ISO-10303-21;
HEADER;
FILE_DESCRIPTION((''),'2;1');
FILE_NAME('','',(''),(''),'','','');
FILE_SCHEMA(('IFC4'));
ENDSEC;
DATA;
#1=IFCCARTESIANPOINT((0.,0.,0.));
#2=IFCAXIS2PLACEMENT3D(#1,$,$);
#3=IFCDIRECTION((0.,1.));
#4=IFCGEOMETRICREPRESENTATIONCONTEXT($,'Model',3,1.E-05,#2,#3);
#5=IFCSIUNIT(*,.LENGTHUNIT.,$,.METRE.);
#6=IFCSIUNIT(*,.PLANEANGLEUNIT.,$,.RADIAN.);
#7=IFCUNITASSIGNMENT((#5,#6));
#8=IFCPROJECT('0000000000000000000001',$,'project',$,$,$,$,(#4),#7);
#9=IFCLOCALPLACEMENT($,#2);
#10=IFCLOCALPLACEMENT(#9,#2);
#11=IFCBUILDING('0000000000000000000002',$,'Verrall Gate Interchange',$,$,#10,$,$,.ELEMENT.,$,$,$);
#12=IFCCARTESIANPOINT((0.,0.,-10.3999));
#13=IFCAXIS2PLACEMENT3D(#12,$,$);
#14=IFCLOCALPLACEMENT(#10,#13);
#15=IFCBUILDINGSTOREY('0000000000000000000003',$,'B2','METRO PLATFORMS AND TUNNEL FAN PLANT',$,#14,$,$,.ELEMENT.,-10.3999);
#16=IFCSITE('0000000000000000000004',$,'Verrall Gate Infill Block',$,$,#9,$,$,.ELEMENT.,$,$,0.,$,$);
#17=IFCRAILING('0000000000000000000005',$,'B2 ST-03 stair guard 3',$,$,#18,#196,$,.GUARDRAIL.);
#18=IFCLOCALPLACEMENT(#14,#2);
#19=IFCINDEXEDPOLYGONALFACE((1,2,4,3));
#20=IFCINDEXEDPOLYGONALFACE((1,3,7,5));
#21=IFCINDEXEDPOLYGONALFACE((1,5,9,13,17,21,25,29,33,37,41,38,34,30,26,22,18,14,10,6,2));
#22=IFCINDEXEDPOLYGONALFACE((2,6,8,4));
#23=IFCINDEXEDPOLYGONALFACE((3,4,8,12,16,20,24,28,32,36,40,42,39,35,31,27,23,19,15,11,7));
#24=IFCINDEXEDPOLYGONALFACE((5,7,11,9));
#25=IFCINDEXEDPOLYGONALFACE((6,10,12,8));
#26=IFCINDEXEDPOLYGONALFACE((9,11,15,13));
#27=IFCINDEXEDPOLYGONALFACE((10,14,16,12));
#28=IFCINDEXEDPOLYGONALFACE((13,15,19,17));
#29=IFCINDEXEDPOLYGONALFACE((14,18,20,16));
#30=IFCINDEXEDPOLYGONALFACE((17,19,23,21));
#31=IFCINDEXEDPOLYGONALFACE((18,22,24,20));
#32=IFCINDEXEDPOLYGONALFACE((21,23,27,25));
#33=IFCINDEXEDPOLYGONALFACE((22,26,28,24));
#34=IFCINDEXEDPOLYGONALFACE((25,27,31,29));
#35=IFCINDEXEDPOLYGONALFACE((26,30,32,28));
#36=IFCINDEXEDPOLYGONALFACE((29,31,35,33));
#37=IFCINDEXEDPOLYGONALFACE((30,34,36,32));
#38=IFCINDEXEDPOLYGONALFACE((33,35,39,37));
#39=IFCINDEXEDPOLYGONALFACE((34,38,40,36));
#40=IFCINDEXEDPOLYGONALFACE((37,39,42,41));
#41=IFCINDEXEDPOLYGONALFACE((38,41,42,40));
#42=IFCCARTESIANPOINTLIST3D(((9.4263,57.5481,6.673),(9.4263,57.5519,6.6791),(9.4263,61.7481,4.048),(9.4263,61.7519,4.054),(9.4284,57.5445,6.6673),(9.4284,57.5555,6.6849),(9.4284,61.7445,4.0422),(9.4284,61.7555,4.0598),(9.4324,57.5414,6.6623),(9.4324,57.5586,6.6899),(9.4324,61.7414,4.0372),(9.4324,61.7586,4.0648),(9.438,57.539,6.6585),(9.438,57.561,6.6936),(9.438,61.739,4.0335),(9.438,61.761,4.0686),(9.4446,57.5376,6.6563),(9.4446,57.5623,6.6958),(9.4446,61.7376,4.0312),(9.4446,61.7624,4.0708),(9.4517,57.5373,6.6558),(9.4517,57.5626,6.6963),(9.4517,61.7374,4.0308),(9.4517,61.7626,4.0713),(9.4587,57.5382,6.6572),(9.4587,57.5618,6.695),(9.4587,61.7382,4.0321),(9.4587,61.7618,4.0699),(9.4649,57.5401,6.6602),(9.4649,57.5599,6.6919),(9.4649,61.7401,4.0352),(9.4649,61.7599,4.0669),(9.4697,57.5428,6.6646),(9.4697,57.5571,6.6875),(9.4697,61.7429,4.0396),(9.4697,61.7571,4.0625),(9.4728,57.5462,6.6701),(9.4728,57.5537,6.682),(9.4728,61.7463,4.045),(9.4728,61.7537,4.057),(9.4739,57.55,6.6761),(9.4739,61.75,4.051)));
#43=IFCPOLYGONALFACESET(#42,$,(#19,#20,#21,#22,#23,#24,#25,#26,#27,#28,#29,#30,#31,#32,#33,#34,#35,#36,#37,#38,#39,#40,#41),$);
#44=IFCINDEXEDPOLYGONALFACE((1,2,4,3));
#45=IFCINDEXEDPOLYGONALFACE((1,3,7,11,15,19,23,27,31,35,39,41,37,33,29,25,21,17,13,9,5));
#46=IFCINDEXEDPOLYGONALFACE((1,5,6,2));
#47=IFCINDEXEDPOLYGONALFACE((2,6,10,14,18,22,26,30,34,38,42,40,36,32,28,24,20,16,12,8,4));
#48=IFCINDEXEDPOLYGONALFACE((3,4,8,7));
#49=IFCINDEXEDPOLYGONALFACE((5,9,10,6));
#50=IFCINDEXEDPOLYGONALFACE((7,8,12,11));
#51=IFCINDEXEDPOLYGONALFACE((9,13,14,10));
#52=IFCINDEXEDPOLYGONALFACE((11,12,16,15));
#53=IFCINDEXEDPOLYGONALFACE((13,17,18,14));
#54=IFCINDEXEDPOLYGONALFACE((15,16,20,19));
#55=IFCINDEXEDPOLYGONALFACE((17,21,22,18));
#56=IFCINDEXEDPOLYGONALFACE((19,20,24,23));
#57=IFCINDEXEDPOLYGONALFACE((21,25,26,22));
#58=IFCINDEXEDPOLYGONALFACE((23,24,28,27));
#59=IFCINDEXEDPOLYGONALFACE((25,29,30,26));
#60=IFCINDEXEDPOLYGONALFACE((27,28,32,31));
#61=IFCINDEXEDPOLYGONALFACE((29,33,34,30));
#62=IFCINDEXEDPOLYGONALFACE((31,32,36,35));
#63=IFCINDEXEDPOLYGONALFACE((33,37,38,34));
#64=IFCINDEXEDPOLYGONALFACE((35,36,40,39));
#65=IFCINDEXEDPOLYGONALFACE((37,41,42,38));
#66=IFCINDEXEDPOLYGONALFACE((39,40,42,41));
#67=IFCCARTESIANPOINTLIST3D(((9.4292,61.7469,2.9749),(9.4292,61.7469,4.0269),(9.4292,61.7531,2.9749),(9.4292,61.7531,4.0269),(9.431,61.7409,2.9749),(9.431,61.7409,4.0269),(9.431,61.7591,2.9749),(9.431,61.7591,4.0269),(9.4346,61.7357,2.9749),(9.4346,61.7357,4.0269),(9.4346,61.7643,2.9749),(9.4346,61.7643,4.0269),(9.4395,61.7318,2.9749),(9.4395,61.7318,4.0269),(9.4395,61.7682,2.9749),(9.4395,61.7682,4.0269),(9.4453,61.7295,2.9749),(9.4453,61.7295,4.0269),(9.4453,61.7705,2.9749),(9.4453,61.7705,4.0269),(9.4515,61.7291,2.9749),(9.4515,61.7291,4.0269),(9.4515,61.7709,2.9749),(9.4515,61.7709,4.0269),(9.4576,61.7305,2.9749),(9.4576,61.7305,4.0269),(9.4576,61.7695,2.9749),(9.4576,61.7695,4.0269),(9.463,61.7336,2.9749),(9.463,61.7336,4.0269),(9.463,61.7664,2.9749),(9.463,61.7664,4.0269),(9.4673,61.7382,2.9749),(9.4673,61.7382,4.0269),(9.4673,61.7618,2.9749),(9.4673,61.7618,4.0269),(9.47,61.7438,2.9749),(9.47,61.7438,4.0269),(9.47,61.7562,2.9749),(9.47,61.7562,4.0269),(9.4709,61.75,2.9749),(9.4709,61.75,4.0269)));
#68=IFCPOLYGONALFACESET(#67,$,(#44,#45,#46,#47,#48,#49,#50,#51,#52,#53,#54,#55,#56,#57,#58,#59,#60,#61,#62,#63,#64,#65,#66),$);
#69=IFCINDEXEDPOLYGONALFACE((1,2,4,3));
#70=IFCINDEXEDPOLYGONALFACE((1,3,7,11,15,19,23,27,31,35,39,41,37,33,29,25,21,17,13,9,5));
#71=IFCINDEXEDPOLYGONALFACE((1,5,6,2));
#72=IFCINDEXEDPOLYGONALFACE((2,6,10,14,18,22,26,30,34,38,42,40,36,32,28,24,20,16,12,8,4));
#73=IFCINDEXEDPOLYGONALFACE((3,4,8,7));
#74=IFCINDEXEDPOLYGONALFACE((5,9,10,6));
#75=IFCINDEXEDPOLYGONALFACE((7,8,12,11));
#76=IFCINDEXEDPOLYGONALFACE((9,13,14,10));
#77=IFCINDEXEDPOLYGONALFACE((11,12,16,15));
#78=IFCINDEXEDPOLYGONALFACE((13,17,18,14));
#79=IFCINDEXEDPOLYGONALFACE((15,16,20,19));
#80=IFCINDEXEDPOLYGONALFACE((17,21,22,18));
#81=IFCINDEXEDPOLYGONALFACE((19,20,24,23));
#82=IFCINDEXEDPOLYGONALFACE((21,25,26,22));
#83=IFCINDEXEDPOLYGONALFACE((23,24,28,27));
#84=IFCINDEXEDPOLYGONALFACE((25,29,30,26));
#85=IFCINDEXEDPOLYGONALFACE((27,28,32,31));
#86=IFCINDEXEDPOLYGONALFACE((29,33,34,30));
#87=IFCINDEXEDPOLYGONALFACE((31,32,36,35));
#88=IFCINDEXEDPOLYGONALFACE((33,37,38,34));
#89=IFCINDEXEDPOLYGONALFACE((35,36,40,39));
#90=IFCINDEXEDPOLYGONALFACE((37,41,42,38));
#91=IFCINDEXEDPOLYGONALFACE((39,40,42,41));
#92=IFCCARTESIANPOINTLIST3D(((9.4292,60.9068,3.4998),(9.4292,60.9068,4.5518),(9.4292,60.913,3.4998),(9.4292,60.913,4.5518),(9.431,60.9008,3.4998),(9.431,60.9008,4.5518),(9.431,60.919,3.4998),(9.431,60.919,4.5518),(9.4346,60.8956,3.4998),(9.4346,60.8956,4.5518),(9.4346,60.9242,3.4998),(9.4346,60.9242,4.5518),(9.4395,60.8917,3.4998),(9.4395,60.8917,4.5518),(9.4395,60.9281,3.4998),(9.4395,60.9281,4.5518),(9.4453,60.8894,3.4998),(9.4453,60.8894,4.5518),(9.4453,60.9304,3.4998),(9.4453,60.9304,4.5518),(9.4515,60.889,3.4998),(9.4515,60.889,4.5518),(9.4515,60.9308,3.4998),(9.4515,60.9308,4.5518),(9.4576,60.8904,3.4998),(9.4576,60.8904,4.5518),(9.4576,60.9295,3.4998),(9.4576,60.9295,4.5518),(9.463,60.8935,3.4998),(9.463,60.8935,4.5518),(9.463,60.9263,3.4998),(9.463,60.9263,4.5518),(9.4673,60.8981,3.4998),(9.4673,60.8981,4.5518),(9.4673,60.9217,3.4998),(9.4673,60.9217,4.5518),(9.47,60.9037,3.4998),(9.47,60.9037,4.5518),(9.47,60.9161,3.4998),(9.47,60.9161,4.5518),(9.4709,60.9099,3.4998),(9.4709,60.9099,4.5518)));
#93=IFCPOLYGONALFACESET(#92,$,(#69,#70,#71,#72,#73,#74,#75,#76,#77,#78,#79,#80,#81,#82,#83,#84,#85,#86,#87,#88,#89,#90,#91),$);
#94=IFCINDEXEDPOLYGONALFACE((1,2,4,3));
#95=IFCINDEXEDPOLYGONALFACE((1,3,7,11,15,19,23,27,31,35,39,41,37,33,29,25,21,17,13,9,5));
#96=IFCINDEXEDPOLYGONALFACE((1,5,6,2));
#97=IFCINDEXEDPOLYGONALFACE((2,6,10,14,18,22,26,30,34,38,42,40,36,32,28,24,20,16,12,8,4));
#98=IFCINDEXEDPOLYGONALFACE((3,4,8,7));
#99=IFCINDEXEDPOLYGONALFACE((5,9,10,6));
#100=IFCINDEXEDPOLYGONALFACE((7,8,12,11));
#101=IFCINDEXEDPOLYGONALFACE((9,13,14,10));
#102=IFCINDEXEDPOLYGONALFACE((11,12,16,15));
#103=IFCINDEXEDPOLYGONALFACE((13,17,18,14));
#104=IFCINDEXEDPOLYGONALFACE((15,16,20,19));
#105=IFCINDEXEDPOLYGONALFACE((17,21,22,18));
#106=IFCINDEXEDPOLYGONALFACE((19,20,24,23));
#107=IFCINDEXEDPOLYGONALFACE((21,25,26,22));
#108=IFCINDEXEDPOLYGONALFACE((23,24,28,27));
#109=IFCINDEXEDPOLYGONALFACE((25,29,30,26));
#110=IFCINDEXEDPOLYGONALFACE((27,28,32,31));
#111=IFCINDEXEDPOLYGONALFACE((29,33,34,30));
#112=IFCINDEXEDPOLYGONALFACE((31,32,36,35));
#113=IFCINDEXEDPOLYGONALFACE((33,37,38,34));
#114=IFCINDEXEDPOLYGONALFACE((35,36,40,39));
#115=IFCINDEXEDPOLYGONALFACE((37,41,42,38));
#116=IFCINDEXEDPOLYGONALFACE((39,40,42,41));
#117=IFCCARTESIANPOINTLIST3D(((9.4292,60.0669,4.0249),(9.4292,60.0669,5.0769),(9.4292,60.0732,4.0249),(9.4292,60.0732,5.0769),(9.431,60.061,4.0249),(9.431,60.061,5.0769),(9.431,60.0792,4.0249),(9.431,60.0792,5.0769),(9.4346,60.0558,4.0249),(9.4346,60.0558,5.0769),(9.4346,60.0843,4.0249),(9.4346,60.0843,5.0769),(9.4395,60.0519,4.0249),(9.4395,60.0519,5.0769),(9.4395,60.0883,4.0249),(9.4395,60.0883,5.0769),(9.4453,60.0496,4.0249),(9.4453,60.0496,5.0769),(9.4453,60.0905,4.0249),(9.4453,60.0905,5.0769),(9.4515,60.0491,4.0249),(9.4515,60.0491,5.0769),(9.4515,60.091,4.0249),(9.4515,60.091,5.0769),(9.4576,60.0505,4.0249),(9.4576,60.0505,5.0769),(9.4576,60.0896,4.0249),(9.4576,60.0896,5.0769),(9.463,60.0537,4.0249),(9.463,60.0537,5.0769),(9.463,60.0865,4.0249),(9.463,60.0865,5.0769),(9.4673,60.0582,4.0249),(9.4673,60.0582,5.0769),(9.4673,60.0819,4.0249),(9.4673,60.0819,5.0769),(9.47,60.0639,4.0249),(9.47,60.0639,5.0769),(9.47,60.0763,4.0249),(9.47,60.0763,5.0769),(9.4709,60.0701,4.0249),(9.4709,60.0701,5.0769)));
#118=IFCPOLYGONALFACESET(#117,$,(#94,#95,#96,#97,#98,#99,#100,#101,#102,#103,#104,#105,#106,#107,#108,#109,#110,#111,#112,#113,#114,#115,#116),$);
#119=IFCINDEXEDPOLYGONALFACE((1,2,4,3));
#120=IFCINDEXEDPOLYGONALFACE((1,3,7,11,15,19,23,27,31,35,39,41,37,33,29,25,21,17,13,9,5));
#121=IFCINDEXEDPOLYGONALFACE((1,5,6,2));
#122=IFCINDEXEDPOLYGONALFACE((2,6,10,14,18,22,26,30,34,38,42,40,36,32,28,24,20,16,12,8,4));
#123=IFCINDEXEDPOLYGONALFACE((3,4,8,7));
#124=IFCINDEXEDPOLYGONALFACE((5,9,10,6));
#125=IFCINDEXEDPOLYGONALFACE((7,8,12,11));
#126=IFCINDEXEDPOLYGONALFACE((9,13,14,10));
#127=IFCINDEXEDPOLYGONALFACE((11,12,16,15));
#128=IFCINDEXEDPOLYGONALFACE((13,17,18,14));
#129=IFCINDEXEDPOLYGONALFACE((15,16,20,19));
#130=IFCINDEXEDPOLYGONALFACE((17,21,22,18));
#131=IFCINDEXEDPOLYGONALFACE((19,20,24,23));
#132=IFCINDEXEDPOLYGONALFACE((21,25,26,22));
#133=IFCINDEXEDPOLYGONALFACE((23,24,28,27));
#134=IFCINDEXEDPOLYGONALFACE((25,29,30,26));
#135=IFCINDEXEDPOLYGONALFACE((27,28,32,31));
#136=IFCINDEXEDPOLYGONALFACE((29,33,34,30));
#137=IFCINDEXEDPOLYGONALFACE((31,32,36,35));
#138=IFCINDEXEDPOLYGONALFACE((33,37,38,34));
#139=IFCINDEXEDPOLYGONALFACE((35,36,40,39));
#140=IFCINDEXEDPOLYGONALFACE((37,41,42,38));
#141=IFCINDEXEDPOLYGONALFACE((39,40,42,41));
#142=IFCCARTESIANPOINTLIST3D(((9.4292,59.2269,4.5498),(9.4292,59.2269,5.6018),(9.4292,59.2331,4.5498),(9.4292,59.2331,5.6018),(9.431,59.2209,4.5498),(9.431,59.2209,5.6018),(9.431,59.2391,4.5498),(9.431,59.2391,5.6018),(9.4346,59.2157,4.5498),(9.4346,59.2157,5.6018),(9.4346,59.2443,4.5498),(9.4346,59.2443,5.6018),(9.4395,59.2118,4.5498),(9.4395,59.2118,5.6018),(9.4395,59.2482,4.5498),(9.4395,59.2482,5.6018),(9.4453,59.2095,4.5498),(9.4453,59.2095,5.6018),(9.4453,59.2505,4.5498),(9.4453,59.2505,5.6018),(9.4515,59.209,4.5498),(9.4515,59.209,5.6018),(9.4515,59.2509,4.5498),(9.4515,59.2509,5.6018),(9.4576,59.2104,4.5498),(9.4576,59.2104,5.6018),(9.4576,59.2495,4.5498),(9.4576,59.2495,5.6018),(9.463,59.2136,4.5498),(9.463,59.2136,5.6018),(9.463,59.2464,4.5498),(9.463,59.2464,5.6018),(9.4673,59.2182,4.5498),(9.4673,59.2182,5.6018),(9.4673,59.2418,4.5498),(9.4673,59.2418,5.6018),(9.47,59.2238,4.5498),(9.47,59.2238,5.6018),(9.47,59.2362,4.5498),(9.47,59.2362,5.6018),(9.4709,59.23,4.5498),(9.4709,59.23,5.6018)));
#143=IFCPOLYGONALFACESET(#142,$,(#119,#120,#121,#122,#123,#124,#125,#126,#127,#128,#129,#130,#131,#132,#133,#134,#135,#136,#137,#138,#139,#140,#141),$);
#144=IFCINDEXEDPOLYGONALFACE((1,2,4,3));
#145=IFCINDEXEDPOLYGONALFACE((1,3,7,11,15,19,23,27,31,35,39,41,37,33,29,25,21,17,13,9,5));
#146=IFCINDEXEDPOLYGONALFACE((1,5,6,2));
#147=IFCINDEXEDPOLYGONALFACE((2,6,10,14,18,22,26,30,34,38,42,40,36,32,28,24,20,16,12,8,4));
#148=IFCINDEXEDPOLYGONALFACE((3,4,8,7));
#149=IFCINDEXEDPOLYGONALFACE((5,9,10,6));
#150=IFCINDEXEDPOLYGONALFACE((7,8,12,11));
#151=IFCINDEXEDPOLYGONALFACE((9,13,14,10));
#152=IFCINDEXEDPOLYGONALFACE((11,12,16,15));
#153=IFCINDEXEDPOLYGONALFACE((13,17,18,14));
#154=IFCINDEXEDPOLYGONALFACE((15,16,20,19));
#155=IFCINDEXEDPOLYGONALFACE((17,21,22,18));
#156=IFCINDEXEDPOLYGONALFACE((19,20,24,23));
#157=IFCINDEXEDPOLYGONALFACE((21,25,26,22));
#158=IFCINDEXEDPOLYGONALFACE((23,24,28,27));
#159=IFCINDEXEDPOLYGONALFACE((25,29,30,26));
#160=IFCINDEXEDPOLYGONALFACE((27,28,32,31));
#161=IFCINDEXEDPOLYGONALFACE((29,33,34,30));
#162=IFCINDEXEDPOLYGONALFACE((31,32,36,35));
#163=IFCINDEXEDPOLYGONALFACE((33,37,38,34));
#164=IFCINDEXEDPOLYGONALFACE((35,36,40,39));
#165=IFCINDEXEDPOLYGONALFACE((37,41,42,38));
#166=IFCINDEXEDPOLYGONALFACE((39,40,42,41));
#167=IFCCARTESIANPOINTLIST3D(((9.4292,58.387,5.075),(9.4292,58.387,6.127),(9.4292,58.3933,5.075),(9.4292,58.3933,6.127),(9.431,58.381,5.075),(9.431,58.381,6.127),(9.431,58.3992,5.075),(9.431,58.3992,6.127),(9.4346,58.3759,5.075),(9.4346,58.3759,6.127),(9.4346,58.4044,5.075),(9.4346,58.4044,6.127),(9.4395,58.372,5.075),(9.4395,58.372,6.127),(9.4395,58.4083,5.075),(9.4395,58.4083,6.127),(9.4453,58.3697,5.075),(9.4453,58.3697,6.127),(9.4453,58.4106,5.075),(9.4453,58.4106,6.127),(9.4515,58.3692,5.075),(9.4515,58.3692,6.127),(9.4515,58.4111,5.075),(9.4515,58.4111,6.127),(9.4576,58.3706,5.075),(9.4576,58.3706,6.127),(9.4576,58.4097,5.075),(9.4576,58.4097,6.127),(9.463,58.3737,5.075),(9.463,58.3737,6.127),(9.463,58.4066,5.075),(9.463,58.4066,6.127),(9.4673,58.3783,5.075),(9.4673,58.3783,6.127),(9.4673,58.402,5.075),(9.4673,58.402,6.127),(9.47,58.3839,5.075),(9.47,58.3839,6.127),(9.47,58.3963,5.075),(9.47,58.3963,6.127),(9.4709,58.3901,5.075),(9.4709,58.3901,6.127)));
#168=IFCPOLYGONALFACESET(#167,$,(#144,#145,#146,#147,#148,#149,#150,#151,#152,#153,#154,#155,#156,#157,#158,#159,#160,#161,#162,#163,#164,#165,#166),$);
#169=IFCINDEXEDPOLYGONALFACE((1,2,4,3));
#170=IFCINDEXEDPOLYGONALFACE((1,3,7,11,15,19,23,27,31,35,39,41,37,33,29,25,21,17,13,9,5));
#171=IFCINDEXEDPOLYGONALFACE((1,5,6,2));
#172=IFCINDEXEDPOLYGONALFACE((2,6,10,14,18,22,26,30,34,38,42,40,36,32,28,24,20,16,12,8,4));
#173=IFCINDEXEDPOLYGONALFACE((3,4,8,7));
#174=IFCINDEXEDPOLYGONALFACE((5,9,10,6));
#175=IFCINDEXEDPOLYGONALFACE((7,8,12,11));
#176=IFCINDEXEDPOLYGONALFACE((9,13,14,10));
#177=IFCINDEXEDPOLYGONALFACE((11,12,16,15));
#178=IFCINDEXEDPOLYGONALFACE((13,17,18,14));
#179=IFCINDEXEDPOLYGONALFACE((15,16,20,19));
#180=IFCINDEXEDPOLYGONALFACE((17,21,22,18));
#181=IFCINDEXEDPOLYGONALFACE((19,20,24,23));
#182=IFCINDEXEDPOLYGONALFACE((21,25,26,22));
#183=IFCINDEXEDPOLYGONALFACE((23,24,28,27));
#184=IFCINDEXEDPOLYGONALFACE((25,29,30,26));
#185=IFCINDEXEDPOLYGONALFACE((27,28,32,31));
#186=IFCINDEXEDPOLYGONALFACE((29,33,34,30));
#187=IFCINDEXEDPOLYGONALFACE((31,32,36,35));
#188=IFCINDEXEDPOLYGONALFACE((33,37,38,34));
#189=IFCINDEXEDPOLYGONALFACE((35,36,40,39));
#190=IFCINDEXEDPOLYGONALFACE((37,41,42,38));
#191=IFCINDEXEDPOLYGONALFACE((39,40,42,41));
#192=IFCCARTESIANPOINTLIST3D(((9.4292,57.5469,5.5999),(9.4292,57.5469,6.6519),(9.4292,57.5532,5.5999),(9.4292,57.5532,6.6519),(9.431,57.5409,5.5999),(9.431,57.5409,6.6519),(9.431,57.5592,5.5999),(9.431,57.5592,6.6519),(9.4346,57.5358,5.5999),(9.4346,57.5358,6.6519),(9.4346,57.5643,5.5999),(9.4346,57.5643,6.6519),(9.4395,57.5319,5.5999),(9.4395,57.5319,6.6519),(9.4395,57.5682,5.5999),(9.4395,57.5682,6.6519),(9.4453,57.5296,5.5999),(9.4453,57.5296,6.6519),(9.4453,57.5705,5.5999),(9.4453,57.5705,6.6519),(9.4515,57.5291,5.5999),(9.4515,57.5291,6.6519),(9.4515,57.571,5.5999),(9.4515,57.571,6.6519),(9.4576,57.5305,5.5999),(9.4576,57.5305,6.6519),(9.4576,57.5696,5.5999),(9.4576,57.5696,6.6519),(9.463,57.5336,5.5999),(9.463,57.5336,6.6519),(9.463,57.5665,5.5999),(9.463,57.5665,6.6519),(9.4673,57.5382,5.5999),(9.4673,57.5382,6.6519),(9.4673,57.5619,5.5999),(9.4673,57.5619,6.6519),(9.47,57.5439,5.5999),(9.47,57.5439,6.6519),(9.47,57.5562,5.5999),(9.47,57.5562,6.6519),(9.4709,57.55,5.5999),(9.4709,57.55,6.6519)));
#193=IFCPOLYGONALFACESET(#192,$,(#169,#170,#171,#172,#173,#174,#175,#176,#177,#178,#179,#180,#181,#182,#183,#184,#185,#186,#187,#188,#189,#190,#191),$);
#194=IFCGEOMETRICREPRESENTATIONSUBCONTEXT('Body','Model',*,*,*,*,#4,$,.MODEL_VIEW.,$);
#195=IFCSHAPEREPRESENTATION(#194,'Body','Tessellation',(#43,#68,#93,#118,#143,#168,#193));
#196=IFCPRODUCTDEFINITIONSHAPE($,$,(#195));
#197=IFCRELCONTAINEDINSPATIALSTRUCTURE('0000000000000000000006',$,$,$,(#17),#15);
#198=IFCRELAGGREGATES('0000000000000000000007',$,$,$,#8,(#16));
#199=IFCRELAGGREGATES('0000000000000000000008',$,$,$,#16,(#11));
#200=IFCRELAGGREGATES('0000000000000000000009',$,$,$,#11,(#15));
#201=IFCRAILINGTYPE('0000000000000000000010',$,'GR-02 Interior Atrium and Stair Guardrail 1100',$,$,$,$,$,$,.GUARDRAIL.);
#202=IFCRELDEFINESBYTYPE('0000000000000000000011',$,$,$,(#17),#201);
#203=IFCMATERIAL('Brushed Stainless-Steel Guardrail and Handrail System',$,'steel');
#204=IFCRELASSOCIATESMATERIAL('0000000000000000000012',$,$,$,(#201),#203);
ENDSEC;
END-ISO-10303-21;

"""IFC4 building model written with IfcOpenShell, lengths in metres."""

from ifc_helpers import new_model, si_unit, direction, frame, origin, origin_2d, place, context, subcontext, project, spatial, circle, extrude, material, type_object, element, save


model = new_model("IFC4")

# Units and contexts
model_context = context("Model", 3, precision=1e-05, world=origin(), true_north=direction((0.0, 1.0)))
body_context = subcontext(model_context, "Body", "Model", "MODEL_VIEW")
ifc_project = project(units=[si_unit("LENGTHUNIT", "METRE"), si_unit("PLANEANGLEUNIT", "RADIAN")], contexts=[model_context])

# Site, building, storey
site_placement = place(None, origin())
site = spatial("IfcSite", under=ifc_project, at=site_placement, Name="Verrall Gate Infill Block", CompositionType="ELEMENT", RefElevation=0.0)
building_placement = place(site_placement, origin())
building = spatial("IfcBuilding", under=site, at=building_placement, Name="Verrall Gate Interchange", CompositionType="ELEMENT")
storey_placement = place(building_placement, frame((0.0, 0.0, -10.3999)))
storey = spatial("IfcBuildingStorey", under=building, at=storey_placement, Name="B2", Description="METRO PLATFORMS AND TUNNEL FAN PLANT", CompositionType="ELEMENT", Elevation=-10.3999)

# Railing
ifc_material_1 = material(Name="Brushed Stainless-Steel Guardrail and Handrail System", Category="steel")
railing_type_1 = type_object("IfcRailingType", Name="GR-02 Interior Atrium and Stair Guardrail 1100", PredefinedType="GUARDRAIL", material=ifc_material_1)
railing_1_placement = place(storey_placement, frame((9.45, 61.75, 2.9749)))
element("IfcRailing", 1, at=railing_1_placement, inside=storey, type_object=railing_type_1, Name="B2 ST-03 stair guard 3", PredefinedType="GUARDRAIL", context=body_context, shape_type="SweptSolid", body=[
    extrude(circle(Radius=0.0239, at=origin_2d()), frame((0.0, 0.0, 1.0762), z_axis=(0.0, -0.847996, 0.530003), x_axis=(1.0, 0.0, 0.0)), (0.0, 0.0, 1.0), 4.9529),
    extrude(circle(Radius=0.021, at=origin_2d()), origin(), (0.0, 0.0, 1.0), 1.052),
    extrude(circle(Radius=0.021, at=origin_2d()), frame((0.0, -0.8401, 0.5249)), (0.0, 0.0, 1.0), 1.052),
    extrude(circle(Radius=0.021, at=origin_2d()), frame((0.0, -1.6799, 1.05)), (0.0, 0.0, 1.0), 1.052),
    extrude(circle(Radius=0.021, at=origin_2d()), frame((0.0, -2.52, 1.575)), (0.0, 0.0, 1.0), 1.052),
    extrude(circle(Radius=0.021, at=origin_2d()), frame((0.0, -3.3599, 2.1001)), (0.0, 0.0, 1.0), 1.052),
    extrude(circle(Radius=0.021, at=origin_2d()), frame((0.0, -4.2, 2.625)), (0.0, 0.0, 1.0), 1.052),
])

save(model, "model.ifc")
